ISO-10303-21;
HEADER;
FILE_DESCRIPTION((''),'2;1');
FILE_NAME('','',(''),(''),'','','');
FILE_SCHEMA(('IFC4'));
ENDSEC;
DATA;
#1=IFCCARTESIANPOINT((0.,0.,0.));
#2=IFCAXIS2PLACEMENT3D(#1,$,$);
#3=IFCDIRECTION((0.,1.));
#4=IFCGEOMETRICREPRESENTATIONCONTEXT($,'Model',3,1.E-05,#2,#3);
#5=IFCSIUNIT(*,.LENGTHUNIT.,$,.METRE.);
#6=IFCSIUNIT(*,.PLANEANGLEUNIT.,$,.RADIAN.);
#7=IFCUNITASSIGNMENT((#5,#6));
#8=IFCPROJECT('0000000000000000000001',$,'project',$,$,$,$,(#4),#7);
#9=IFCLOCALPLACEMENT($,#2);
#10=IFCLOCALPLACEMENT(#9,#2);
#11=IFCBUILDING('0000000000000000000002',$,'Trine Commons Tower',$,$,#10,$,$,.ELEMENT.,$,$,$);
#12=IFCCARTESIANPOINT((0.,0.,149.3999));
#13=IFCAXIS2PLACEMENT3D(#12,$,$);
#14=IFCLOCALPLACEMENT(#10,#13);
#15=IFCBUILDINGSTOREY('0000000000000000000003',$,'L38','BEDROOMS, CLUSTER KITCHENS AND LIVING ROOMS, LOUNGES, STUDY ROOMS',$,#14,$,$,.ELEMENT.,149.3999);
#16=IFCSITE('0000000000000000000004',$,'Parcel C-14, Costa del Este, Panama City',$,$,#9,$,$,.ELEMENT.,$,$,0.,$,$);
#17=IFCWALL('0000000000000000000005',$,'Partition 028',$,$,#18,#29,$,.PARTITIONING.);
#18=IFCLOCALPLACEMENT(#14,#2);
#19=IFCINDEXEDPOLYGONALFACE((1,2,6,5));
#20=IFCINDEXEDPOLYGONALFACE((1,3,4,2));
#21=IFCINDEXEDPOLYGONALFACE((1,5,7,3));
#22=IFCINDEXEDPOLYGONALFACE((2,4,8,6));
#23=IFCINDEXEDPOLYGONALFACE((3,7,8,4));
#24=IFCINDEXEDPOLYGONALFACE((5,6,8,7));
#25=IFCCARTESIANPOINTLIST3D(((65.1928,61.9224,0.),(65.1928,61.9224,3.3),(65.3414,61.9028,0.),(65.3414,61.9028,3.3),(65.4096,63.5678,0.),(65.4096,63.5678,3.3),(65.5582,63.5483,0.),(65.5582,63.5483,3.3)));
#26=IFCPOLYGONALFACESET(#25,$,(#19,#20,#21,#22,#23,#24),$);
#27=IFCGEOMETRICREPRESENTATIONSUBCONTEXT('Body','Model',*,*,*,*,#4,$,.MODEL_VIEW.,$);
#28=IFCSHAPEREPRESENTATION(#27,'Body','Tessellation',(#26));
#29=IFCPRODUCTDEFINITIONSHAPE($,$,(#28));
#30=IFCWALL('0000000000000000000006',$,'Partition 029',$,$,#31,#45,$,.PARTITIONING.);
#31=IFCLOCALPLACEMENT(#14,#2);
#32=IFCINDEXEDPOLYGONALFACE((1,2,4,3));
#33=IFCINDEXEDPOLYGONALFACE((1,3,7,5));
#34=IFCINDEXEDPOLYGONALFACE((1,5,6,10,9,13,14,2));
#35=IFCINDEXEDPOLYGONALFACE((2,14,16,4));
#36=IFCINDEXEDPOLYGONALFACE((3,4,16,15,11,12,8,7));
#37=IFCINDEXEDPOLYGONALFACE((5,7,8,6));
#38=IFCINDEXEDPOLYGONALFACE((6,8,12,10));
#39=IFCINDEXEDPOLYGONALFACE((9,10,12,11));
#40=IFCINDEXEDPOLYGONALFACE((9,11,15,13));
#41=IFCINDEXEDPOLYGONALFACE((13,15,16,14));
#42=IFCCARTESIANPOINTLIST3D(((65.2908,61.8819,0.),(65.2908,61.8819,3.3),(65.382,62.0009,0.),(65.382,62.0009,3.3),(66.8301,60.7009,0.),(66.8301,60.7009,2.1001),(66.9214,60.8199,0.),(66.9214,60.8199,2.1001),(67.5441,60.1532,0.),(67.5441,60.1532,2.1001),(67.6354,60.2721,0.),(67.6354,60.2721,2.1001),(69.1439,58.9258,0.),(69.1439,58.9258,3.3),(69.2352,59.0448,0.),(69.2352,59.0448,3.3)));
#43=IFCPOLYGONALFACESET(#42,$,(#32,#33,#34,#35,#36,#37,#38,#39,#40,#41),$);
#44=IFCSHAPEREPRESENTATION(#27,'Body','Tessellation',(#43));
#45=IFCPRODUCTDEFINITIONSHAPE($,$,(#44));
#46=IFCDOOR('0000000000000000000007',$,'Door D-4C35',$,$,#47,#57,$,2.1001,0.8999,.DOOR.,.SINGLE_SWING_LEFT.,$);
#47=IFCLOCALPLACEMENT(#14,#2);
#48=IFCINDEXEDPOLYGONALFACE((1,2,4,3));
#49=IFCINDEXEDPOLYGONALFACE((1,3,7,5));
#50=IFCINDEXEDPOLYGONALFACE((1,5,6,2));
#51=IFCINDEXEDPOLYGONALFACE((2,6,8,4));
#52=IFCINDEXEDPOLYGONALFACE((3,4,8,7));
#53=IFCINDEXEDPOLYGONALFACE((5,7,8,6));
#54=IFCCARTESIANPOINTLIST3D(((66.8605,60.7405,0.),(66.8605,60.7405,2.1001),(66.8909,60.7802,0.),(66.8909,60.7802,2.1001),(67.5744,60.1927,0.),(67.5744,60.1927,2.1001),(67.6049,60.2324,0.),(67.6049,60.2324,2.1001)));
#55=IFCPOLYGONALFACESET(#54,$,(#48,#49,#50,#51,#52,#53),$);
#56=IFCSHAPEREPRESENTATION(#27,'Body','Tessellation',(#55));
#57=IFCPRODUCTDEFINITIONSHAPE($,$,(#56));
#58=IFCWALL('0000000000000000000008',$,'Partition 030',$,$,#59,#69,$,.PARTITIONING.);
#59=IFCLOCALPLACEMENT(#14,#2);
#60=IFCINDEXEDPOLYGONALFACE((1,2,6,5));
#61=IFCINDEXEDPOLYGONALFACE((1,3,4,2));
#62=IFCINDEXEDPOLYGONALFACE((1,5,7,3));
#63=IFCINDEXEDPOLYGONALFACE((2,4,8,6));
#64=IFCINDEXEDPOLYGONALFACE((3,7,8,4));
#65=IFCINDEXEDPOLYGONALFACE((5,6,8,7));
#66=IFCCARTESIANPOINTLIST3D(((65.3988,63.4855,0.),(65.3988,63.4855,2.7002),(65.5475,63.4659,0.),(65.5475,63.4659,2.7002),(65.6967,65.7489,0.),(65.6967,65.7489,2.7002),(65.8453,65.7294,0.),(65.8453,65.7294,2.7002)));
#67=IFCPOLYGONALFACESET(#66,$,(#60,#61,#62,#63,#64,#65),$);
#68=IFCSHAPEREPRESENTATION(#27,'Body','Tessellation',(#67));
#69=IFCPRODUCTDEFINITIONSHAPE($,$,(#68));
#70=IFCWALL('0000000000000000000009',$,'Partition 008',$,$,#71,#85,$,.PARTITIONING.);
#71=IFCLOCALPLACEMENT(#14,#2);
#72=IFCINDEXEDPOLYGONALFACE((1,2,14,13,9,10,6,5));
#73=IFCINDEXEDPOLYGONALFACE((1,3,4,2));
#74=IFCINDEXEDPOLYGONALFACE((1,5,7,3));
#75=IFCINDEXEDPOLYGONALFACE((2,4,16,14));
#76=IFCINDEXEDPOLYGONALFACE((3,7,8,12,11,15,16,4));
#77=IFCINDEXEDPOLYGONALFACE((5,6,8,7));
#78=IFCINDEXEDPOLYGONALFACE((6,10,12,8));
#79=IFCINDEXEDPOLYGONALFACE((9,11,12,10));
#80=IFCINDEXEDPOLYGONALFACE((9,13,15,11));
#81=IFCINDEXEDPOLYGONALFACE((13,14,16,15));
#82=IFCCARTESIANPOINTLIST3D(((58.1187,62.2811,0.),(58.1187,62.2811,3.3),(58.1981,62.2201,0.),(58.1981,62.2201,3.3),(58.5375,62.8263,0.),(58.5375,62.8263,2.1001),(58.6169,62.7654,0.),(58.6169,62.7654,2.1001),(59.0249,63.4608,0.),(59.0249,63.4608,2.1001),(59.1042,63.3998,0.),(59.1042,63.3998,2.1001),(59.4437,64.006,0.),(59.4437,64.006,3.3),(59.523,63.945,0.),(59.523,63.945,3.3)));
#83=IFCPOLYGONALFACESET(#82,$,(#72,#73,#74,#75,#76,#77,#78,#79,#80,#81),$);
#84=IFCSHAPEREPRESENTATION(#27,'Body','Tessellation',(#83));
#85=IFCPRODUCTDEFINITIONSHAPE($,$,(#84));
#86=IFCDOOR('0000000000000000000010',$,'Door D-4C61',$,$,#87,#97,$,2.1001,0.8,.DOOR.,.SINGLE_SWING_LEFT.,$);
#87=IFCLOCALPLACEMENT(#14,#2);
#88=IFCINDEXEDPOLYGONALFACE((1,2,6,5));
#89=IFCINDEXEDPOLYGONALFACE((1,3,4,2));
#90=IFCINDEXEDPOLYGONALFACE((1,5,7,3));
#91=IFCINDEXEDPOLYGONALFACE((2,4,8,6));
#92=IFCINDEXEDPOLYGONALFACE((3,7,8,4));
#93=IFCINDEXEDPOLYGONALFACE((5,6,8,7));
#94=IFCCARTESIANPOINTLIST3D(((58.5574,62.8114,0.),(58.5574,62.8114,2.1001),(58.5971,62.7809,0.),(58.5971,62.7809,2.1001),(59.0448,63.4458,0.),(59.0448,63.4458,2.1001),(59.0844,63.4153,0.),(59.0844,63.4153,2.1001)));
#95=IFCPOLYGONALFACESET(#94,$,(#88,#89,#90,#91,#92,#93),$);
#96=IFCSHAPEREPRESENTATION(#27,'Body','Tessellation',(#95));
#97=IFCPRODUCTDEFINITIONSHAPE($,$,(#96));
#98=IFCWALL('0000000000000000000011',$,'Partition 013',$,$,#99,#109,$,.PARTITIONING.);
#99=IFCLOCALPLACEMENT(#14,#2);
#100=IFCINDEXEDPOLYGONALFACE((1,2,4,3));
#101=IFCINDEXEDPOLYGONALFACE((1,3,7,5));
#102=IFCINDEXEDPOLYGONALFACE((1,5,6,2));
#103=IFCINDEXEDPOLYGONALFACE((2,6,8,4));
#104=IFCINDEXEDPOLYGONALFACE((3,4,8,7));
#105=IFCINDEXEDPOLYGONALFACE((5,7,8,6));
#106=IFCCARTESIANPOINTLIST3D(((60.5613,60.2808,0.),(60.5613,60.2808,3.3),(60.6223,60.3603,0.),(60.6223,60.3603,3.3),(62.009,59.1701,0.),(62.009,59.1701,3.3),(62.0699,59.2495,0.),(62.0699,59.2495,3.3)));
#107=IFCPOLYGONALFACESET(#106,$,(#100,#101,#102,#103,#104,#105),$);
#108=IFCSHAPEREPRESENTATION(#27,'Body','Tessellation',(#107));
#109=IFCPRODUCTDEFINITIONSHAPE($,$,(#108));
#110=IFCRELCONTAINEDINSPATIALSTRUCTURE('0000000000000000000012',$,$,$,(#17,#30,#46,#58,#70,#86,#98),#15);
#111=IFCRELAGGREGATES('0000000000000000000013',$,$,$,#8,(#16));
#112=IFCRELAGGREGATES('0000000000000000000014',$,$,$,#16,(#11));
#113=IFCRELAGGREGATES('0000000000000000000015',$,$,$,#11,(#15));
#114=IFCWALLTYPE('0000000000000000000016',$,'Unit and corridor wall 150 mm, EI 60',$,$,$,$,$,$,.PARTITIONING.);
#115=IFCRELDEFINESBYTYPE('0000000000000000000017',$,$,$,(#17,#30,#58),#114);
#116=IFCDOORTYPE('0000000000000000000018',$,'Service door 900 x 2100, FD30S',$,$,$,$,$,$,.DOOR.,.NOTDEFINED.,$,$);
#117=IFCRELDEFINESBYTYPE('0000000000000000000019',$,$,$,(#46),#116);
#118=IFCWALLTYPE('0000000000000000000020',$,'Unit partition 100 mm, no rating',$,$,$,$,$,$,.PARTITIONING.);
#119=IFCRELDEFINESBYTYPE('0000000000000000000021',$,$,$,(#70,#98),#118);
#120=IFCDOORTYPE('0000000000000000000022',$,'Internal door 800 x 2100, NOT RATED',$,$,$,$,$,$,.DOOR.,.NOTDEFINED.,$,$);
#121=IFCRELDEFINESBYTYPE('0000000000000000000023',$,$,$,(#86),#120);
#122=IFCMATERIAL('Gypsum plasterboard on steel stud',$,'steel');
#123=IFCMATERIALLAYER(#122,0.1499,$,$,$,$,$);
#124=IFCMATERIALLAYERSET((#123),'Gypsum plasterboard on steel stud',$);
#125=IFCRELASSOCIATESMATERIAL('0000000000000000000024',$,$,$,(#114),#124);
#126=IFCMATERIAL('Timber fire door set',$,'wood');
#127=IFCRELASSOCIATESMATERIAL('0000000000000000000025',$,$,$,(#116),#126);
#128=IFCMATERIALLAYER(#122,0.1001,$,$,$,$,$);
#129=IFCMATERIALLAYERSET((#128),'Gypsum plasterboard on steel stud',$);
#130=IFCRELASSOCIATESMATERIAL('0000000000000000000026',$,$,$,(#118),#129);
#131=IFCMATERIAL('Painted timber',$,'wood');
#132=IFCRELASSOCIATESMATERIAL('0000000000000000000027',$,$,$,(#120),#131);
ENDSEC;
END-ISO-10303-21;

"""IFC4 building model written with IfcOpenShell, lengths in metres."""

from ifc_helpers import new_model, si_unit, direction, frame, frame_2d, origin, place, context, subcontext, project, spatial, rectangle, extrude, material, layer, layer_set, type_object, element, fill, save


model = new_model("IFC4")

# Units and contexts
model_context = context("Model", 3, precision=1e-05, world=origin(), true_north=direction((0.0, 1.0)))
body_context = subcontext(model_context, "Body", "Model", "MODEL_VIEW")
ifc_project = project(units=[si_unit("LENGTHUNIT", "METRE"), si_unit("PLANEANGLEUNIT", "RADIAN")], contexts=[model_context])

# Site, building, storey
site_placement = place(None, origin())
site = spatial("IfcSite", under=ifc_project, at=site_placement, Name="Parcel C-14, Costa del Este, Panama City", CompositionType="ELEMENT", RefElevation=0.0)
building_placement = place(site_placement, origin())
building = spatial("IfcBuilding", under=site, at=building_placement, Name="Trine Commons Tower", CompositionType="ELEMENT")
storey_placement = place(building_placement, frame((0.0, 0.0, 149.3999)))
storey = spatial("IfcBuildingStorey", under=building, at=storey_placement, Name="L38", Description="BEDROOMS, CLUSTER KITCHENS AND LIVING ROOMS, LOUNGES, STUDY ROOMS", CompositionType="ELEMENT", Elevation=149.3999)

# Shared definitions
ifc_material_1 = material(Name="Gypsum plasterboard on steel stud", Category="steel")
ifc_layer_1 = layer(ifc_material_1, 0.1499)
ifc_layer_set_1 = layer_set([ifc_layer_1], Name="Gypsum plasterboard on steel stud")
wall_type_1 = type_object("IfcWallType", Name="Unit and corridor wall 150 mm, EI 60", PredefinedType="PARTITIONING", material=ifc_layer_set_1)
ifc_material_2 = material(Name="Painted timber", Category="wood")
ifc_material_3 = material(Name="Timber fire door set", Category="wood")

# Wall
wall_1_placement = place(storey_placement, frame((65.2671, 61.9126, 0.0), z_axis=(0.0, 0.0, 1.0), x_axis=(0.130622, 0.991432, 0.0)))
element("IfcWall", 1, at=wall_1_placement, inside=storey, type_object=wall_type_1, Name="Partition 028", PredefinedType="PARTITIONING", context=body_context, shape_type="SweptSolid", body=[
    extrude(rectangle(XDim=1.6597, YDim=0.1499, at=frame_2d((0.8298, 0.0))), origin(), (0.0, 0.0, 1.0), 3.3),
])

# Wall, opening, door
wall_2_placement = place(storey_placement, frame((65.3364, 61.9414, 0.0), z_axis=(0.0, 0.0, 1.0), x_axis=(0.793401, -0.6087, 0.0)))
wall_2 = element("IfcWall", 2, at=wall_2_placement, inside=storey, type_object=wall_type_1, Name="Partition 029", PredefinedType="PARTITIONING", context=body_context, shape_type="SweptSolid", body=[
    extrude(rectangle(XDim=4.8564, YDim=0.1499, at=frame_2d((2.4282, 0.0))), origin(), (0.0, 0.0, 1.0), 3.3),
])
opening_1_placement = place(wall_2_placement, frame((1.9402, 0.0, 0.0)))
opening_1 = element("IfcOpeningElement", 3, at=opening_1_placement, cuts=wall_2, PredefinedType="OPENING", context=body_context, shape_type="SweptSolid", body=[
    extrude(rectangle(XDim=0.8999, YDim=2.1001, at=frame_2d((0.45, 1.05))), frame((0.0, 0.085, 0.0), z_axis=(0.0, -1.0, 0.0), x_axis=(1.0, 0.0, 0.0)), (0.0, 0.0, 1.0), 0.1699),
])
door_type_1 = type_object("IfcDoorType", Name="Service door 900 x 2100, FD30S", OperationType="NOTDEFINED", PredefinedType="DOOR", material=ifc_material_3)
door_1_placement = place(opening_1_placement, origin())
door_1 = element("IfcDoor", 4, at=door_1_placement, inside=storey, type_object=door_type_1, Name="Door D-4C35", OperationType="SINGLE_SWING_LEFT", OverallHeight=2.1001, OverallWidth=0.8999, PredefinedType="DOOR", context=body_context, shape_type="SweptSolid", body=[
    extrude(rectangle(XDim=0.8999, YDim=2.1001, at=frame_2d((0.45, 1.05))), frame((0.0, 0.0249, 0.0), z_axis=(0.0, -1.0, 0.0), x_axis=(1.0, 0.0, 0.0)), (0.0, 0.0, 1.0), 0.05),
])
fill(opening_1, door_1)

# Wall
wall_3_placement = place(storey_placement, frame((65.4731, 63.4756, 0.0), z_axis=(0.0, 0.0, 1.0), x_axis=(0.130468, 0.991452, 0.0)))
element("IfcWall", 5, at=wall_3_placement, inside=storey, type_object=wall_type_1, Name="Partition 030", PredefinedType="PARTITIONING", context=body_context, shape_type="SweptSolid", body=[
    extrude(rectangle(XDim=2.283, YDim=0.1499, at=frame_2d((1.1416, 0.0))), origin(), (0.0, 0.0, 1.0), 2.7002),
])

# Wall, opening, door
ifc_layer_2 = layer(ifc_material_1, 0.1001)
ifc_layer_set_2 = layer_set([ifc_layer_2], Name="Gypsum plasterboard on steel stud")
wall_type_2 = type_object("IfcWallType", Name="Unit partition 100 mm, no rating", PredefinedType="PARTITIONING", material=ifc_layer_set_2)
wall_4_placement = place(storey_placement, frame((58.1584, 62.2507, 0.0), z_axis=(0.0, 0.0, 1.0), x_axis=(0.609174, 0.793037, 0.0)))
wall_4 = element("IfcWall", 6, at=wall_4_placement, inside=storey, type_object=wall_type_2, Name="Partition 008", PredefinedType="PARTITIONING", context=body_context, shape_type="SweptSolid", body=[
    extrude(rectangle(XDim=2.175, YDim=0.1001, at=frame_2d((1.0874, 0.0))), origin(), (0.0, 0.0, 1.0), 3.3),
])
opening_2_placement = place(wall_4_placement, frame((0.6875, 0.0, 0.0)))
opening_2 = element("IfcOpeningElement", 7, at=opening_2_placement, cuts=wall_4, PredefinedType="OPENING", context=body_context, shape_type="SweptSolid", body=[
    extrude(rectangle(XDim=0.8, YDim=2.1001, at=frame_2d((0.3999, 1.05))), frame((0.0, 0.0601, 0.0), z_axis=(0.0, -1.0, 0.0), x_axis=(1.0, 0.0, 0.0)), (0.0, 0.0, 1.0), 0.1201),
])
door_type_2 = type_object("IfcDoorType", Name="Internal door 800 x 2100, NOT RATED", OperationType="NOTDEFINED", PredefinedType="DOOR", material=ifc_material_2)
door_2_placement = place(opening_2_placement, frame((0.8, 0.0, 0.0), z_axis=(0.0, 0.0, 1.0), x_axis=(-1.0, 0.0, 0.0)))
door_2 = element("IfcDoor", 8, at=door_2_placement, inside=storey, type_object=door_type_2, Name="Door D-4C61", OperationType="SINGLE_SWING_LEFT", OverallHeight=2.1001, OverallWidth=0.8, PredefinedType="DOOR", context=body_context, shape_type="SweptSolid", body=[
    extrude(rectangle(XDim=0.8, YDim=2.1001, at=frame_2d((0.3999, 1.05))), frame((0.0, 0.0249, 0.0), z_axis=(0.0, -1.0, 0.0), x_axis=(1.0, 0.0, 0.0)), (0.0, 0.0, 1.0), 0.05),
])
fill(opening_2, door_2)

# Wall
wall_5_placement = place(storey_placement, frame((60.5918, 60.3206, 0.0), z_axis=(0.0, 0.0, 1.0), x_axis=(0.793369, -0.60874, 0.0)))
element("IfcWall", 9, at=wall_5_placement, inside=storey, type_object=wall_type_2, Name="Partition 013", PredefinedType="PARTITIONING", context=body_context, shape_type="SweptSolid", body=[
    extrude(rectangle(XDim=1.8247, YDim=0.1001, at=frame_2d((0.9124, 0.0))), origin(), (0.0, 0.0, 1.0), 3.3),
])

save(model, "model.ifc")
